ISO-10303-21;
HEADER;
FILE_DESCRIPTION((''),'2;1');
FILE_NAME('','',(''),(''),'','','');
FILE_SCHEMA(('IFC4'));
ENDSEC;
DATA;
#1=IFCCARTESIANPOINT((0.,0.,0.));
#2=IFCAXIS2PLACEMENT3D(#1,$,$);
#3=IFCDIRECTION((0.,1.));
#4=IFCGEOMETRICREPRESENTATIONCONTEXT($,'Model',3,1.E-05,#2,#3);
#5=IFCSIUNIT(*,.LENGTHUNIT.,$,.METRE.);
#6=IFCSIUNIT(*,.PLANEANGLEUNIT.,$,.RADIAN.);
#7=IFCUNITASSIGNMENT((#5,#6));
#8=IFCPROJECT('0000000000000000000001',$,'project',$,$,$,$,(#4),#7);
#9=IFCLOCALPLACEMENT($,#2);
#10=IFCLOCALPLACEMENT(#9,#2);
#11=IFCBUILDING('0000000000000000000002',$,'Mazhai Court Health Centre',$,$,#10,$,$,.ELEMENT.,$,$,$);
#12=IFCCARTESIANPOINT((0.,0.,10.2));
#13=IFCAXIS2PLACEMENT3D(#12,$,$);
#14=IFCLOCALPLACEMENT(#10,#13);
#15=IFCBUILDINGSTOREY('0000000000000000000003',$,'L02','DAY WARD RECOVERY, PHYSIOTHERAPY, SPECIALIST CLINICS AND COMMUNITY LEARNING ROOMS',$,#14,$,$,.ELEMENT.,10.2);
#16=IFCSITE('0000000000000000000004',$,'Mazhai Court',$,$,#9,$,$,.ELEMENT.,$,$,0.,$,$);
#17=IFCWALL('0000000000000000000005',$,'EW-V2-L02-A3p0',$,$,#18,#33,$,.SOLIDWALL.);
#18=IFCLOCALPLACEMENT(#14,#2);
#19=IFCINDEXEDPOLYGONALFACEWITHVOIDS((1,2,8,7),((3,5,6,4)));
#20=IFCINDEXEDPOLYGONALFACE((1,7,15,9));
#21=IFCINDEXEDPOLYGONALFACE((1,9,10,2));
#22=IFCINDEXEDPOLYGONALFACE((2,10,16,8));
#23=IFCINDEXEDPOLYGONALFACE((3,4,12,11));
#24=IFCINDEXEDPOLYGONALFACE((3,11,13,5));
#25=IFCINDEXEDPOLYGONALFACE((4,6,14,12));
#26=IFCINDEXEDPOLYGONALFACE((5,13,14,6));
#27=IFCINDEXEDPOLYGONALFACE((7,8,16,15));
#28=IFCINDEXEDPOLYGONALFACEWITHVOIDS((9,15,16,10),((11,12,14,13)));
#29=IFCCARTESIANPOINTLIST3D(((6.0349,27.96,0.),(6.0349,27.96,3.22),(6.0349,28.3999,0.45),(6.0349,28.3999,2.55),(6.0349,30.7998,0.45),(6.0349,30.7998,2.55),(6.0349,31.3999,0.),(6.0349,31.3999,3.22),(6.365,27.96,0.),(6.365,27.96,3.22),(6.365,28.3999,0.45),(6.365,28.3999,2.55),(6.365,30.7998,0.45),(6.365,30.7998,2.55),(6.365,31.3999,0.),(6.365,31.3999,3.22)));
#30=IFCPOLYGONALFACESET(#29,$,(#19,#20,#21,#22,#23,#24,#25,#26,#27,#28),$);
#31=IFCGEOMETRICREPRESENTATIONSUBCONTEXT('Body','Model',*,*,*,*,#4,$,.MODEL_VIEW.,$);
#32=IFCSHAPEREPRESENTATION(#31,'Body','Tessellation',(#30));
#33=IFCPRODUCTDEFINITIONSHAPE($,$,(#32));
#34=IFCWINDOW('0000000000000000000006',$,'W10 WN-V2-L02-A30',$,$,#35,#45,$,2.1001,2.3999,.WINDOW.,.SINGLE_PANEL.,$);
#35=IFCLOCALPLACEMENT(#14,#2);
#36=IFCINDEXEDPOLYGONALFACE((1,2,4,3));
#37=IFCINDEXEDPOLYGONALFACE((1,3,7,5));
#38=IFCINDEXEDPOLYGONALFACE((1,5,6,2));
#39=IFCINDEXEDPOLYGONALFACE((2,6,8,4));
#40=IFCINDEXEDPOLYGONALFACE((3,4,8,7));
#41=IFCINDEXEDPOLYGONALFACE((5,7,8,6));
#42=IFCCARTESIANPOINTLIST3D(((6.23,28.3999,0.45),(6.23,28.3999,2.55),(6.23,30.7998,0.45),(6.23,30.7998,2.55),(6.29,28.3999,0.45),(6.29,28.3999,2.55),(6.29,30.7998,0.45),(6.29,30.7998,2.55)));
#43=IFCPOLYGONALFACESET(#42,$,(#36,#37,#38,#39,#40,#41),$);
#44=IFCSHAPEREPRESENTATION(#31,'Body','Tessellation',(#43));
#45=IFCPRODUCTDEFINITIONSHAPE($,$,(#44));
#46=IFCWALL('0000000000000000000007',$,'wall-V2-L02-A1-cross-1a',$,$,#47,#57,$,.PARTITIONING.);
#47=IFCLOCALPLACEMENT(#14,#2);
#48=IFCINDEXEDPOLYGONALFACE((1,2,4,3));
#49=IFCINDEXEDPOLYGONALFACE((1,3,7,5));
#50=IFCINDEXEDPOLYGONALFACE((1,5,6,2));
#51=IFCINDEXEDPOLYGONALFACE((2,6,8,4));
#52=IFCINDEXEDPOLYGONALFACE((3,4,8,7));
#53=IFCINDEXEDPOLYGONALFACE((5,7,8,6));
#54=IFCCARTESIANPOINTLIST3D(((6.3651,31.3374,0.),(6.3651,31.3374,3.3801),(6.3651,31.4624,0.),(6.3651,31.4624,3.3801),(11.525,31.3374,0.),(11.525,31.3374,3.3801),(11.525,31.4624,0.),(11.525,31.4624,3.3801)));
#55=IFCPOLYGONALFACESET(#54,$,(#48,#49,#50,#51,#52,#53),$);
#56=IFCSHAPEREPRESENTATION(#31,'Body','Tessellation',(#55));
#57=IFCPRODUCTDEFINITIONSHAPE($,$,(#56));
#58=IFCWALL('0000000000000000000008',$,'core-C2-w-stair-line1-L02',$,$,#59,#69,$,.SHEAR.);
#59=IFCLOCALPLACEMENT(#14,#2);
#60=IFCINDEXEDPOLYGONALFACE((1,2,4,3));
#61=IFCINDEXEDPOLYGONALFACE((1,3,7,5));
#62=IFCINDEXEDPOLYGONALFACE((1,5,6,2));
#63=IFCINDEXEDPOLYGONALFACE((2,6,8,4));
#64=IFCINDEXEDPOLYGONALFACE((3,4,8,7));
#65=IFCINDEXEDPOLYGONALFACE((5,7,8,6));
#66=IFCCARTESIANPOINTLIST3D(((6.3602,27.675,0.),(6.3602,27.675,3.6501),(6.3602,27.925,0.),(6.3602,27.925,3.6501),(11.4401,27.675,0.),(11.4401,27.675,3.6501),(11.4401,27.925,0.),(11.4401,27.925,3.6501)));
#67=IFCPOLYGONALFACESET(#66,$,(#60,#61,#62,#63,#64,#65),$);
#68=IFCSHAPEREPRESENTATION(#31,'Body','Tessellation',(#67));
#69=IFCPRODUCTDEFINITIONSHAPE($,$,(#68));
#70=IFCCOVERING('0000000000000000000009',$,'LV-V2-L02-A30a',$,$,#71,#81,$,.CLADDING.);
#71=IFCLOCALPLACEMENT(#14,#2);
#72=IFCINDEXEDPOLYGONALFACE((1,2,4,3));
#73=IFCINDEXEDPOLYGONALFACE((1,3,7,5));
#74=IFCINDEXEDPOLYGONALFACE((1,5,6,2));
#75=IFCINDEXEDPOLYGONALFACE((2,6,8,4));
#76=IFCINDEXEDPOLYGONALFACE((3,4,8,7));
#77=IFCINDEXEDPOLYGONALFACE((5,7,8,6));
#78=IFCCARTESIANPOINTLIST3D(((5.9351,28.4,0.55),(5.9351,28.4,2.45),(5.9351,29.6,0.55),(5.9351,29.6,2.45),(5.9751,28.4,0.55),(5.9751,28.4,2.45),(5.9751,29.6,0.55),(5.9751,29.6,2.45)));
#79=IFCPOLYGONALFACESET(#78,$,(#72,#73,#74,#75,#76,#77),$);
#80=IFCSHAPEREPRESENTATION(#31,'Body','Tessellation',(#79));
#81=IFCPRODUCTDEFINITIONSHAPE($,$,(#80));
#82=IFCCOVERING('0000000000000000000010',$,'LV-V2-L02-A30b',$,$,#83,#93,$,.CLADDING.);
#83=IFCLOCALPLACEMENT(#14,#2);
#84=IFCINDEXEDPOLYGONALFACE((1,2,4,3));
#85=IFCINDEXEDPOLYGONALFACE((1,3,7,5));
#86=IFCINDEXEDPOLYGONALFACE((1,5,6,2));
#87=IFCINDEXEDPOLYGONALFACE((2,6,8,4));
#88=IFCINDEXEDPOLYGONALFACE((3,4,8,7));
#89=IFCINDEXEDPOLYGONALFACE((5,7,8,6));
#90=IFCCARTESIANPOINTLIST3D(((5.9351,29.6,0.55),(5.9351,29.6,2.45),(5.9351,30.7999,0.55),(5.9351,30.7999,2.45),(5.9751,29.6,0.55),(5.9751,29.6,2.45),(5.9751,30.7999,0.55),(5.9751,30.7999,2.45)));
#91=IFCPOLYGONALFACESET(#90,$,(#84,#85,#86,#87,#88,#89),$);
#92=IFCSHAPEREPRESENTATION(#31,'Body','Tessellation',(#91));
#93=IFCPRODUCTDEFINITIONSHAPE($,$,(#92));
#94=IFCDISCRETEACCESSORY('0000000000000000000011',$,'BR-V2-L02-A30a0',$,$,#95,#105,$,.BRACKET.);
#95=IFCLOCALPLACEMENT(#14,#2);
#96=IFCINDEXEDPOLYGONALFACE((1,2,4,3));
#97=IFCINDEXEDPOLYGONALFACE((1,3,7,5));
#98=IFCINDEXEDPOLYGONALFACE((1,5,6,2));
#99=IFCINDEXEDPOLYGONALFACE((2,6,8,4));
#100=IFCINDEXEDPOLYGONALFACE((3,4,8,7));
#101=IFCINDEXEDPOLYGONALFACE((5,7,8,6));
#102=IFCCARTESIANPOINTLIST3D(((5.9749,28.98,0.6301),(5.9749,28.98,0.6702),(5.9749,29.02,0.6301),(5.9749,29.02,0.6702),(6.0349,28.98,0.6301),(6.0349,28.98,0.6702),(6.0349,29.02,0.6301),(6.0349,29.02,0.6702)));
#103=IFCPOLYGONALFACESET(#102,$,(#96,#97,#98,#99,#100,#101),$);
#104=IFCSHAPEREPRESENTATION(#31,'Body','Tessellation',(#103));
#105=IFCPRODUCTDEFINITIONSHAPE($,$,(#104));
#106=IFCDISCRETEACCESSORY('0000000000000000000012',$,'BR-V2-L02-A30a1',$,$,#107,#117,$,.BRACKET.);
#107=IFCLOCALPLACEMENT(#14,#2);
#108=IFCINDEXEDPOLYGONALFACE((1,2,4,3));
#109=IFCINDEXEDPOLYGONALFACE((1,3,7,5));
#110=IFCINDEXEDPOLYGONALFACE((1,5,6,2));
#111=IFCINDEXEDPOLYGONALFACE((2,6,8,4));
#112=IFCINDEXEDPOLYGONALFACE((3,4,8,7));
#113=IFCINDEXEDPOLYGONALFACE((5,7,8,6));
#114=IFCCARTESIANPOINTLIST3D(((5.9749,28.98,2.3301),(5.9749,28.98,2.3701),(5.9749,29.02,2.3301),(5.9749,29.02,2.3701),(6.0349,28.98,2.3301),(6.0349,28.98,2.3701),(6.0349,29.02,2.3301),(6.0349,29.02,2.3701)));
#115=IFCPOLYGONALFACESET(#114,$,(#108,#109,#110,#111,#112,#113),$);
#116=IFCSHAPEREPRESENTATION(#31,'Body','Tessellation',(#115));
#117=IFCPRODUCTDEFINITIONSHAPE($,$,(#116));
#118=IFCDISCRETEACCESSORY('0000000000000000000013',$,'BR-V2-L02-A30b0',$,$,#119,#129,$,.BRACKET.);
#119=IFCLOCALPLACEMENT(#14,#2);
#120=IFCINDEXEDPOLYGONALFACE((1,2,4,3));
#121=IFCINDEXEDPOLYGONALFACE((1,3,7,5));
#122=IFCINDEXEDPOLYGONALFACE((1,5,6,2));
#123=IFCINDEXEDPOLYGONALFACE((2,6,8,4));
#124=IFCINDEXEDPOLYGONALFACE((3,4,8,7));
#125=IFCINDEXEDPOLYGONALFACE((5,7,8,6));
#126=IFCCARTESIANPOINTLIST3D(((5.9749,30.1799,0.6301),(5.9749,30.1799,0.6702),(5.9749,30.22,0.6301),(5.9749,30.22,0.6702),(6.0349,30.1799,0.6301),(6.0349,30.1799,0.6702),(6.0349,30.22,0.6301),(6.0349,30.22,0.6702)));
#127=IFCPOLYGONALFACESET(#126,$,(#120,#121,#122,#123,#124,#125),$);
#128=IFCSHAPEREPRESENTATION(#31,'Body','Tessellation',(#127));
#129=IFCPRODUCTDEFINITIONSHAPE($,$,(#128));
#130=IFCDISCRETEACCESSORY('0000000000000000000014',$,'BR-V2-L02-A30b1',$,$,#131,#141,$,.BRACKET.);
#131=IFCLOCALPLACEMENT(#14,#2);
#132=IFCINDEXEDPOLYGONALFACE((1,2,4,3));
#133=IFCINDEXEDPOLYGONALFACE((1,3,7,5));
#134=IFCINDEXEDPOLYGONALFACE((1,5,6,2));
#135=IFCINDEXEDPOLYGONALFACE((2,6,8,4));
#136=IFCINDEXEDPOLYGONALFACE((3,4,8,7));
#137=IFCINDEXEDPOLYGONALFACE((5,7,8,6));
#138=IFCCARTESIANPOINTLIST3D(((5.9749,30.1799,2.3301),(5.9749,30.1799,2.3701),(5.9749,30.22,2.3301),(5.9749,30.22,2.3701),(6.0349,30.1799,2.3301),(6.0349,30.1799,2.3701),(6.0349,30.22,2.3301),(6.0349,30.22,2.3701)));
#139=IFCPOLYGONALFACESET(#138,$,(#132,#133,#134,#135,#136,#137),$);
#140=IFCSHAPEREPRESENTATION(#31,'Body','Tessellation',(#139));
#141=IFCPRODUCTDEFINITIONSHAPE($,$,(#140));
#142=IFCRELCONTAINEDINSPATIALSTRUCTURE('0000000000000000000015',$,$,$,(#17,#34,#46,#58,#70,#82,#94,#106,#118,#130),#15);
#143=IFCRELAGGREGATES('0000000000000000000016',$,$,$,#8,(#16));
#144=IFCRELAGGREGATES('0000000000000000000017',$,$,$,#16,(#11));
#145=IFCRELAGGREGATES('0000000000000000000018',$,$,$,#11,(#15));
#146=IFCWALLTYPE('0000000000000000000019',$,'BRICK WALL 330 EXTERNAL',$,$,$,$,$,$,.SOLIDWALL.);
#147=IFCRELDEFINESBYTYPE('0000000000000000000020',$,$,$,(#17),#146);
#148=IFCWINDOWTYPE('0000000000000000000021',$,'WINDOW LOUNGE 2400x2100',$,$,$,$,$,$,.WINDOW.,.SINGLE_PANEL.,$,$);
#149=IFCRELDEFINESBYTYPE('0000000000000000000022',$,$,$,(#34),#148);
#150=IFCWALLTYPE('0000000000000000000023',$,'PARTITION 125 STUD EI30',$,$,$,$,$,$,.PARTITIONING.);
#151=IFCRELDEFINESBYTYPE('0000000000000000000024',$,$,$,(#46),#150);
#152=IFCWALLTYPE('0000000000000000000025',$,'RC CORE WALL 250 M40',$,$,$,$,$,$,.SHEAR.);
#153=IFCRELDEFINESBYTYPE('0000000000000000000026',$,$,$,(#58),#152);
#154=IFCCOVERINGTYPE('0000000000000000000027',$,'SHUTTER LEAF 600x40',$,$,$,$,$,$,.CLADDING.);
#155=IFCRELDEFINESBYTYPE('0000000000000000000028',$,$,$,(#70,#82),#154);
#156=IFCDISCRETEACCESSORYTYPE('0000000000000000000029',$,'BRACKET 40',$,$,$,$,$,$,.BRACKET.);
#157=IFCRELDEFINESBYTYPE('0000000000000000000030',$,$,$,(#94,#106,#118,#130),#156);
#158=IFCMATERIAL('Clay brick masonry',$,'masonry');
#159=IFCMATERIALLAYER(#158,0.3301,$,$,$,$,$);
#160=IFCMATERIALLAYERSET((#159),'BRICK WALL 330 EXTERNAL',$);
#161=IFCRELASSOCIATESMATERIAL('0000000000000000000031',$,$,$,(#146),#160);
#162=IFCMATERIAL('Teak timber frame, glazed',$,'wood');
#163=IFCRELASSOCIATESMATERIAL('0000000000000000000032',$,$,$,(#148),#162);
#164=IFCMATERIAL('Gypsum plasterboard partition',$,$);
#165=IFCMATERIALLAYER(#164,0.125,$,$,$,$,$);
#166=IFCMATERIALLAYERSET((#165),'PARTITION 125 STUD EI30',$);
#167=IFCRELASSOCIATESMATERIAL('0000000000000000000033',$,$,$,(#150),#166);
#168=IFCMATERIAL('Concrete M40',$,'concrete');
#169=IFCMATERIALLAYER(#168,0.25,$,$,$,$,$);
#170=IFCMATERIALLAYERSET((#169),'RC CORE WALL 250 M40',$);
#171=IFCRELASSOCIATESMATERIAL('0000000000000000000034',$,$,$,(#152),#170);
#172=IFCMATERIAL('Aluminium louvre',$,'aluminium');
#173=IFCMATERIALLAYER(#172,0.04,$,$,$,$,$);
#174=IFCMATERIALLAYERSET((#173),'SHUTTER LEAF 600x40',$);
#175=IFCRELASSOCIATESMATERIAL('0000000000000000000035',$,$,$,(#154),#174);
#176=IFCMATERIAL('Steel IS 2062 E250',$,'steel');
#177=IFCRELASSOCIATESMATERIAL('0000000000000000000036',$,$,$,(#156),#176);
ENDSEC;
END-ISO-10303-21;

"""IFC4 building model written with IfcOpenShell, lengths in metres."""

from ifc_helpers import new_model, si_unit, direction, frame, frame_2d, origin, origin_2d, place, context, subcontext, project, spatial, rectangle, extrude, material, layer, layer_set, type_object, element, fill, save


model = new_model("IFC4")

# Units and contexts
model_context = context("Model", 3, precision=1e-05, world=origin(), true_north=direction((0.0, 1.0)))
body_context = subcontext(model_context, "Body", "Model", "MODEL_VIEW")
ifc_project = project(units=[si_unit("LENGTHUNIT", "METRE"), si_unit("PLANEANGLEUNIT", "RADIAN")], contexts=[model_context])

# Site, building, storey
site_placement = place(None, origin())
site = spatial("IfcSite", under=ifc_project, at=site_placement, Name="Mazhai Court", CompositionType="ELEMENT", RefElevation=0.0)
building_placement = place(site_placement, origin())
building = spatial("IfcBuilding", under=site, at=building_placement, Name="Mazhai Court Health Centre", CompositionType="ELEMENT")
storey_placement = place(building_placement, frame((0.0, 0.0, 10.2)))
storey = spatial("IfcBuildingStorey", under=building, at=storey_placement, Name="L02", Description="DAY WARD RECOVERY, PHYSIOTHERAPY, SPECIALIST CLINICS AND COMMUNITY LEARNING ROOMS", CompositionType="ELEMENT", Elevation=10.2)

# Wall, opening, window
ifc_material_1 = material(Name="Clay brick masonry", Category="masonry")
ifc_layer_1 = layer(ifc_material_1, 0.3301)
ifc_layer_set_1 = layer_set([ifc_layer_1], Name="BRICK WALL 330 EXTERNAL")
wall_type_1 = type_object("IfcWallType", Name="BRICK WALL 330 EXTERNAL", PredefinedType="SOLIDWALL", material=ifc_layer_set_1)
wall_1_placement = place(storey_placement, frame((6.2, 27.96, 0.0), z_axis=(0.0, 0.0, 1.0), x_axis=(0.0, 1.0, 0.0)))
wall_1 = element("IfcWall", 1, at=wall_1_placement, inside=storey, type_object=wall_type_1, Name="EW-V2-L02-A3p0", PredefinedType="SOLIDWALL", context=body_context, shape_type="SweptSolid", body=[
    extrude(rectangle(XDim=3.4399, YDim=0.3301, at=frame_2d((1.72, 0.0))), origin(), (0.0, 0.0, 1.0), 3.22),
])
opening_placement = place(wall_1_placement, frame((0.4399, 0.0, 0.45)))
opening = element("IfcOpeningElement", 2, at=opening_placement, cuts=wall_1, PredefinedType="OPENING", context=body_context, shape_type="SweptSolid", body=[
    extrude(rectangle(XDim=2.3999, YDim=2.1001, at=frame_2d((1.2, 1.05))), frame((0.0, 0.175, 0.0), z_axis=(0.0, -1.0, 0.0), x_axis=(1.0, 0.0, 0.0)), (0.0, 0.0, 1.0), 0.3501),
])
ifc_material_2 = material(Name="Teak timber frame, glazed", Category="wood")
window_type = type_object("IfcWindowType", Name="WINDOW LOUNGE 2400x2100", PartitioningType="SINGLE_PANEL", PredefinedType="WINDOW", material=ifc_material_2)
window_placement = place(opening_placement, origin())
window = element("IfcWindow", 3, at=window_placement, inside=storey, type_object=window_type, Name="W10 WN-V2-L02-A30", OverallHeight=2.1001, OverallWidth=2.3999, PartitioningType="SINGLE_PANEL", PredefinedType="WINDOW", context=body_context, shape_type="SweptSolid", body=[
    extrude(rectangle(XDim=2.3999, YDim=2.1001, at=frame_2d((1.2, 1.05))), frame((0.0, -0.03, 0.0), z_axis=(0.0, -1.0, 0.0), x_axis=(1.0, 0.0, 0.0)), (0.0, 0.0, 1.0), 0.0601),
])
fill(opening, window)

# Walls
ifc_material_3 = material(Name="Gypsum plasterboard partition")
ifc_layer_2 = layer(ifc_material_3, 0.125)
ifc_layer_set_2 = layer_set([ifc_layer_2], Name="PARTITION 125 STUD EI30")
wall_type_2 = type_object("IfcWallType", Name="PARTITION 125 STUD EI30", PredefinedType="PARTITIONING", material=ifc_layer_set_2)
wall_2_placement = place(storey_placement, frame((6.365, 31.3999, 0.0), z_axis=(0.0, 0.0, 1.0), x_axis=(1.0, 0.0, 0.0)))
element("IfcWall", 4, at=wall_2_placement, inside=storey, type_object=wall_type_2, Name="wall-V2-L02-A1-cross-1a", PredefinedType="PARTITIONING", context=body_context, shape_type="SweptSolid", body=[
    extrude(rectangle(XDim=5.1599, YDim=0.125, at=frame_2d((2.5801, 0.0))), origin(), (0.0, 0.0, 1.0), 3.3801),
])
ifc_material_4 = material(Name="Concrete M40", Category="concrete")
ifc_layer_3 = layer(ifc_material_4, 0.25)
ifc_layer_set_3 = layer_set([ifc_layer_3], Name="RC CORE WALL 250 M40")
wall_type_3 = type_object("IfcWallType", Name="RC CORE WALL 250 M40", PredefinedType="SHEAR", material=ifc_layer_set_3)
wall_3_placement = place(storey_placement, frame((6.3601, 27.8, 0.0), z_axis=(0.0, 0.0, 1.0), x_axis=(1.0, 0.0, 0.0)))
element("IfcWall", 5, at=wall_3_placement, inside=storey, type_object=wall_type_3, Name="core-C2-w-stair-line1-L02", PredefinedType="SHEAR", context=body_context, shape_type="SweptSolid", body=[
    extrude(rectangle(XDim=5.0798, YDim=0.25, at=frame_2d((2.54, 0.0))), origin(), (0.0, 0.0, 1.0), 3.6501),
])

# Coverings
ifc_material_5 = material(Name="Aluminium louvre", Category="aluminium")
ifc_layer_4 = layer(ifc_material_5, 0.04)
ifc_layer_set_4 = layer_set([ifc_layer_4], Name="SHUTTER LEAF 600x40")
covering_type = type_object("IfcCoveringType", Name="SHUTTER LEAF 600x40", PredefinedType="CLADDING", material=ifc_layer_set_4)
for number, where, z_axis, x_axis, name in (
    (6, (5.9551, 29.0, 0.55), (0.0, 0.0, 1.0), (0.0, 1.0, 0.0), "LV-V2-L02-A30a"),
    (7, (5.9551, 30.2, 0.55), (0.0, 0.0, 1.0), (0.0, 1.0, 0.0), "LV-V2-L02-A30b"),
):
    element("IfcCovering", number, at=place(storey_placement, frame(where, z_axis=z_axis, x_axis=x_axis)), inside=storey, type_object=covering_type, Name=name, PredefinedType="CLADDING", context=body_context, shape_type="SweptSolid", body=[
        extrude(rectangle(XDim=1.2, YDim=0.04, at=origin_2d()), origin(), (0.0, 0.0, 1.0), 1.8999),
    ])

# Discrete accessories
ifc_material_6 = material(Name="Steel IS 2062 E250", Category="steel")
discrete_accessory_type = type_object("IfcDiscreteAccessoryType", Name="BRACKET 40", PredefinedType="BRACKET", material=ifc_material_6)
for number, where, z_axis, x_axis, name in (
    (8, (6.0049, 29.0, 0.6301), (0.0, 0.0, 1.0), (0.0, 1.0, 0.0), "BR-V2-L02-A30a0"),
    (9, (6.0049, 29.0, 2.3301), (0.0, 0.0, 1.0), (0.0, 1.0, 0.0), "BR-V2-L02-A30a1"),
    (10, (6.0049, 30.2, 0.6301), (0.0, 0.0, 1.0), (0.0, 1.0, 0.0), "BR-V2-L02-A30b0"),
    (11, (6.0049, 30.2, 2.3301), (0.0, 0.0, 1.0), (0.0, 1.0, 0.0), "BR-V2-L02-A30b1"),
):
    element("IfcDiscreteAccessory", number, at=place(storey_placement, frame(where, z_axis=z_axis, x_axis=x_axis)), inside=storey, type_object=discrete_accessory_type, Name=name, PredefinedType="BRACKET", context=body_context, shape_type="SweptSolid", body=[
        extrude(rectangle(XDim=0.04, YDim=0.0601, at=origin_2d()), origin(), (0.0, 0.0, 1.0), 0.04),
    ])

save(model, "model.ifc")
